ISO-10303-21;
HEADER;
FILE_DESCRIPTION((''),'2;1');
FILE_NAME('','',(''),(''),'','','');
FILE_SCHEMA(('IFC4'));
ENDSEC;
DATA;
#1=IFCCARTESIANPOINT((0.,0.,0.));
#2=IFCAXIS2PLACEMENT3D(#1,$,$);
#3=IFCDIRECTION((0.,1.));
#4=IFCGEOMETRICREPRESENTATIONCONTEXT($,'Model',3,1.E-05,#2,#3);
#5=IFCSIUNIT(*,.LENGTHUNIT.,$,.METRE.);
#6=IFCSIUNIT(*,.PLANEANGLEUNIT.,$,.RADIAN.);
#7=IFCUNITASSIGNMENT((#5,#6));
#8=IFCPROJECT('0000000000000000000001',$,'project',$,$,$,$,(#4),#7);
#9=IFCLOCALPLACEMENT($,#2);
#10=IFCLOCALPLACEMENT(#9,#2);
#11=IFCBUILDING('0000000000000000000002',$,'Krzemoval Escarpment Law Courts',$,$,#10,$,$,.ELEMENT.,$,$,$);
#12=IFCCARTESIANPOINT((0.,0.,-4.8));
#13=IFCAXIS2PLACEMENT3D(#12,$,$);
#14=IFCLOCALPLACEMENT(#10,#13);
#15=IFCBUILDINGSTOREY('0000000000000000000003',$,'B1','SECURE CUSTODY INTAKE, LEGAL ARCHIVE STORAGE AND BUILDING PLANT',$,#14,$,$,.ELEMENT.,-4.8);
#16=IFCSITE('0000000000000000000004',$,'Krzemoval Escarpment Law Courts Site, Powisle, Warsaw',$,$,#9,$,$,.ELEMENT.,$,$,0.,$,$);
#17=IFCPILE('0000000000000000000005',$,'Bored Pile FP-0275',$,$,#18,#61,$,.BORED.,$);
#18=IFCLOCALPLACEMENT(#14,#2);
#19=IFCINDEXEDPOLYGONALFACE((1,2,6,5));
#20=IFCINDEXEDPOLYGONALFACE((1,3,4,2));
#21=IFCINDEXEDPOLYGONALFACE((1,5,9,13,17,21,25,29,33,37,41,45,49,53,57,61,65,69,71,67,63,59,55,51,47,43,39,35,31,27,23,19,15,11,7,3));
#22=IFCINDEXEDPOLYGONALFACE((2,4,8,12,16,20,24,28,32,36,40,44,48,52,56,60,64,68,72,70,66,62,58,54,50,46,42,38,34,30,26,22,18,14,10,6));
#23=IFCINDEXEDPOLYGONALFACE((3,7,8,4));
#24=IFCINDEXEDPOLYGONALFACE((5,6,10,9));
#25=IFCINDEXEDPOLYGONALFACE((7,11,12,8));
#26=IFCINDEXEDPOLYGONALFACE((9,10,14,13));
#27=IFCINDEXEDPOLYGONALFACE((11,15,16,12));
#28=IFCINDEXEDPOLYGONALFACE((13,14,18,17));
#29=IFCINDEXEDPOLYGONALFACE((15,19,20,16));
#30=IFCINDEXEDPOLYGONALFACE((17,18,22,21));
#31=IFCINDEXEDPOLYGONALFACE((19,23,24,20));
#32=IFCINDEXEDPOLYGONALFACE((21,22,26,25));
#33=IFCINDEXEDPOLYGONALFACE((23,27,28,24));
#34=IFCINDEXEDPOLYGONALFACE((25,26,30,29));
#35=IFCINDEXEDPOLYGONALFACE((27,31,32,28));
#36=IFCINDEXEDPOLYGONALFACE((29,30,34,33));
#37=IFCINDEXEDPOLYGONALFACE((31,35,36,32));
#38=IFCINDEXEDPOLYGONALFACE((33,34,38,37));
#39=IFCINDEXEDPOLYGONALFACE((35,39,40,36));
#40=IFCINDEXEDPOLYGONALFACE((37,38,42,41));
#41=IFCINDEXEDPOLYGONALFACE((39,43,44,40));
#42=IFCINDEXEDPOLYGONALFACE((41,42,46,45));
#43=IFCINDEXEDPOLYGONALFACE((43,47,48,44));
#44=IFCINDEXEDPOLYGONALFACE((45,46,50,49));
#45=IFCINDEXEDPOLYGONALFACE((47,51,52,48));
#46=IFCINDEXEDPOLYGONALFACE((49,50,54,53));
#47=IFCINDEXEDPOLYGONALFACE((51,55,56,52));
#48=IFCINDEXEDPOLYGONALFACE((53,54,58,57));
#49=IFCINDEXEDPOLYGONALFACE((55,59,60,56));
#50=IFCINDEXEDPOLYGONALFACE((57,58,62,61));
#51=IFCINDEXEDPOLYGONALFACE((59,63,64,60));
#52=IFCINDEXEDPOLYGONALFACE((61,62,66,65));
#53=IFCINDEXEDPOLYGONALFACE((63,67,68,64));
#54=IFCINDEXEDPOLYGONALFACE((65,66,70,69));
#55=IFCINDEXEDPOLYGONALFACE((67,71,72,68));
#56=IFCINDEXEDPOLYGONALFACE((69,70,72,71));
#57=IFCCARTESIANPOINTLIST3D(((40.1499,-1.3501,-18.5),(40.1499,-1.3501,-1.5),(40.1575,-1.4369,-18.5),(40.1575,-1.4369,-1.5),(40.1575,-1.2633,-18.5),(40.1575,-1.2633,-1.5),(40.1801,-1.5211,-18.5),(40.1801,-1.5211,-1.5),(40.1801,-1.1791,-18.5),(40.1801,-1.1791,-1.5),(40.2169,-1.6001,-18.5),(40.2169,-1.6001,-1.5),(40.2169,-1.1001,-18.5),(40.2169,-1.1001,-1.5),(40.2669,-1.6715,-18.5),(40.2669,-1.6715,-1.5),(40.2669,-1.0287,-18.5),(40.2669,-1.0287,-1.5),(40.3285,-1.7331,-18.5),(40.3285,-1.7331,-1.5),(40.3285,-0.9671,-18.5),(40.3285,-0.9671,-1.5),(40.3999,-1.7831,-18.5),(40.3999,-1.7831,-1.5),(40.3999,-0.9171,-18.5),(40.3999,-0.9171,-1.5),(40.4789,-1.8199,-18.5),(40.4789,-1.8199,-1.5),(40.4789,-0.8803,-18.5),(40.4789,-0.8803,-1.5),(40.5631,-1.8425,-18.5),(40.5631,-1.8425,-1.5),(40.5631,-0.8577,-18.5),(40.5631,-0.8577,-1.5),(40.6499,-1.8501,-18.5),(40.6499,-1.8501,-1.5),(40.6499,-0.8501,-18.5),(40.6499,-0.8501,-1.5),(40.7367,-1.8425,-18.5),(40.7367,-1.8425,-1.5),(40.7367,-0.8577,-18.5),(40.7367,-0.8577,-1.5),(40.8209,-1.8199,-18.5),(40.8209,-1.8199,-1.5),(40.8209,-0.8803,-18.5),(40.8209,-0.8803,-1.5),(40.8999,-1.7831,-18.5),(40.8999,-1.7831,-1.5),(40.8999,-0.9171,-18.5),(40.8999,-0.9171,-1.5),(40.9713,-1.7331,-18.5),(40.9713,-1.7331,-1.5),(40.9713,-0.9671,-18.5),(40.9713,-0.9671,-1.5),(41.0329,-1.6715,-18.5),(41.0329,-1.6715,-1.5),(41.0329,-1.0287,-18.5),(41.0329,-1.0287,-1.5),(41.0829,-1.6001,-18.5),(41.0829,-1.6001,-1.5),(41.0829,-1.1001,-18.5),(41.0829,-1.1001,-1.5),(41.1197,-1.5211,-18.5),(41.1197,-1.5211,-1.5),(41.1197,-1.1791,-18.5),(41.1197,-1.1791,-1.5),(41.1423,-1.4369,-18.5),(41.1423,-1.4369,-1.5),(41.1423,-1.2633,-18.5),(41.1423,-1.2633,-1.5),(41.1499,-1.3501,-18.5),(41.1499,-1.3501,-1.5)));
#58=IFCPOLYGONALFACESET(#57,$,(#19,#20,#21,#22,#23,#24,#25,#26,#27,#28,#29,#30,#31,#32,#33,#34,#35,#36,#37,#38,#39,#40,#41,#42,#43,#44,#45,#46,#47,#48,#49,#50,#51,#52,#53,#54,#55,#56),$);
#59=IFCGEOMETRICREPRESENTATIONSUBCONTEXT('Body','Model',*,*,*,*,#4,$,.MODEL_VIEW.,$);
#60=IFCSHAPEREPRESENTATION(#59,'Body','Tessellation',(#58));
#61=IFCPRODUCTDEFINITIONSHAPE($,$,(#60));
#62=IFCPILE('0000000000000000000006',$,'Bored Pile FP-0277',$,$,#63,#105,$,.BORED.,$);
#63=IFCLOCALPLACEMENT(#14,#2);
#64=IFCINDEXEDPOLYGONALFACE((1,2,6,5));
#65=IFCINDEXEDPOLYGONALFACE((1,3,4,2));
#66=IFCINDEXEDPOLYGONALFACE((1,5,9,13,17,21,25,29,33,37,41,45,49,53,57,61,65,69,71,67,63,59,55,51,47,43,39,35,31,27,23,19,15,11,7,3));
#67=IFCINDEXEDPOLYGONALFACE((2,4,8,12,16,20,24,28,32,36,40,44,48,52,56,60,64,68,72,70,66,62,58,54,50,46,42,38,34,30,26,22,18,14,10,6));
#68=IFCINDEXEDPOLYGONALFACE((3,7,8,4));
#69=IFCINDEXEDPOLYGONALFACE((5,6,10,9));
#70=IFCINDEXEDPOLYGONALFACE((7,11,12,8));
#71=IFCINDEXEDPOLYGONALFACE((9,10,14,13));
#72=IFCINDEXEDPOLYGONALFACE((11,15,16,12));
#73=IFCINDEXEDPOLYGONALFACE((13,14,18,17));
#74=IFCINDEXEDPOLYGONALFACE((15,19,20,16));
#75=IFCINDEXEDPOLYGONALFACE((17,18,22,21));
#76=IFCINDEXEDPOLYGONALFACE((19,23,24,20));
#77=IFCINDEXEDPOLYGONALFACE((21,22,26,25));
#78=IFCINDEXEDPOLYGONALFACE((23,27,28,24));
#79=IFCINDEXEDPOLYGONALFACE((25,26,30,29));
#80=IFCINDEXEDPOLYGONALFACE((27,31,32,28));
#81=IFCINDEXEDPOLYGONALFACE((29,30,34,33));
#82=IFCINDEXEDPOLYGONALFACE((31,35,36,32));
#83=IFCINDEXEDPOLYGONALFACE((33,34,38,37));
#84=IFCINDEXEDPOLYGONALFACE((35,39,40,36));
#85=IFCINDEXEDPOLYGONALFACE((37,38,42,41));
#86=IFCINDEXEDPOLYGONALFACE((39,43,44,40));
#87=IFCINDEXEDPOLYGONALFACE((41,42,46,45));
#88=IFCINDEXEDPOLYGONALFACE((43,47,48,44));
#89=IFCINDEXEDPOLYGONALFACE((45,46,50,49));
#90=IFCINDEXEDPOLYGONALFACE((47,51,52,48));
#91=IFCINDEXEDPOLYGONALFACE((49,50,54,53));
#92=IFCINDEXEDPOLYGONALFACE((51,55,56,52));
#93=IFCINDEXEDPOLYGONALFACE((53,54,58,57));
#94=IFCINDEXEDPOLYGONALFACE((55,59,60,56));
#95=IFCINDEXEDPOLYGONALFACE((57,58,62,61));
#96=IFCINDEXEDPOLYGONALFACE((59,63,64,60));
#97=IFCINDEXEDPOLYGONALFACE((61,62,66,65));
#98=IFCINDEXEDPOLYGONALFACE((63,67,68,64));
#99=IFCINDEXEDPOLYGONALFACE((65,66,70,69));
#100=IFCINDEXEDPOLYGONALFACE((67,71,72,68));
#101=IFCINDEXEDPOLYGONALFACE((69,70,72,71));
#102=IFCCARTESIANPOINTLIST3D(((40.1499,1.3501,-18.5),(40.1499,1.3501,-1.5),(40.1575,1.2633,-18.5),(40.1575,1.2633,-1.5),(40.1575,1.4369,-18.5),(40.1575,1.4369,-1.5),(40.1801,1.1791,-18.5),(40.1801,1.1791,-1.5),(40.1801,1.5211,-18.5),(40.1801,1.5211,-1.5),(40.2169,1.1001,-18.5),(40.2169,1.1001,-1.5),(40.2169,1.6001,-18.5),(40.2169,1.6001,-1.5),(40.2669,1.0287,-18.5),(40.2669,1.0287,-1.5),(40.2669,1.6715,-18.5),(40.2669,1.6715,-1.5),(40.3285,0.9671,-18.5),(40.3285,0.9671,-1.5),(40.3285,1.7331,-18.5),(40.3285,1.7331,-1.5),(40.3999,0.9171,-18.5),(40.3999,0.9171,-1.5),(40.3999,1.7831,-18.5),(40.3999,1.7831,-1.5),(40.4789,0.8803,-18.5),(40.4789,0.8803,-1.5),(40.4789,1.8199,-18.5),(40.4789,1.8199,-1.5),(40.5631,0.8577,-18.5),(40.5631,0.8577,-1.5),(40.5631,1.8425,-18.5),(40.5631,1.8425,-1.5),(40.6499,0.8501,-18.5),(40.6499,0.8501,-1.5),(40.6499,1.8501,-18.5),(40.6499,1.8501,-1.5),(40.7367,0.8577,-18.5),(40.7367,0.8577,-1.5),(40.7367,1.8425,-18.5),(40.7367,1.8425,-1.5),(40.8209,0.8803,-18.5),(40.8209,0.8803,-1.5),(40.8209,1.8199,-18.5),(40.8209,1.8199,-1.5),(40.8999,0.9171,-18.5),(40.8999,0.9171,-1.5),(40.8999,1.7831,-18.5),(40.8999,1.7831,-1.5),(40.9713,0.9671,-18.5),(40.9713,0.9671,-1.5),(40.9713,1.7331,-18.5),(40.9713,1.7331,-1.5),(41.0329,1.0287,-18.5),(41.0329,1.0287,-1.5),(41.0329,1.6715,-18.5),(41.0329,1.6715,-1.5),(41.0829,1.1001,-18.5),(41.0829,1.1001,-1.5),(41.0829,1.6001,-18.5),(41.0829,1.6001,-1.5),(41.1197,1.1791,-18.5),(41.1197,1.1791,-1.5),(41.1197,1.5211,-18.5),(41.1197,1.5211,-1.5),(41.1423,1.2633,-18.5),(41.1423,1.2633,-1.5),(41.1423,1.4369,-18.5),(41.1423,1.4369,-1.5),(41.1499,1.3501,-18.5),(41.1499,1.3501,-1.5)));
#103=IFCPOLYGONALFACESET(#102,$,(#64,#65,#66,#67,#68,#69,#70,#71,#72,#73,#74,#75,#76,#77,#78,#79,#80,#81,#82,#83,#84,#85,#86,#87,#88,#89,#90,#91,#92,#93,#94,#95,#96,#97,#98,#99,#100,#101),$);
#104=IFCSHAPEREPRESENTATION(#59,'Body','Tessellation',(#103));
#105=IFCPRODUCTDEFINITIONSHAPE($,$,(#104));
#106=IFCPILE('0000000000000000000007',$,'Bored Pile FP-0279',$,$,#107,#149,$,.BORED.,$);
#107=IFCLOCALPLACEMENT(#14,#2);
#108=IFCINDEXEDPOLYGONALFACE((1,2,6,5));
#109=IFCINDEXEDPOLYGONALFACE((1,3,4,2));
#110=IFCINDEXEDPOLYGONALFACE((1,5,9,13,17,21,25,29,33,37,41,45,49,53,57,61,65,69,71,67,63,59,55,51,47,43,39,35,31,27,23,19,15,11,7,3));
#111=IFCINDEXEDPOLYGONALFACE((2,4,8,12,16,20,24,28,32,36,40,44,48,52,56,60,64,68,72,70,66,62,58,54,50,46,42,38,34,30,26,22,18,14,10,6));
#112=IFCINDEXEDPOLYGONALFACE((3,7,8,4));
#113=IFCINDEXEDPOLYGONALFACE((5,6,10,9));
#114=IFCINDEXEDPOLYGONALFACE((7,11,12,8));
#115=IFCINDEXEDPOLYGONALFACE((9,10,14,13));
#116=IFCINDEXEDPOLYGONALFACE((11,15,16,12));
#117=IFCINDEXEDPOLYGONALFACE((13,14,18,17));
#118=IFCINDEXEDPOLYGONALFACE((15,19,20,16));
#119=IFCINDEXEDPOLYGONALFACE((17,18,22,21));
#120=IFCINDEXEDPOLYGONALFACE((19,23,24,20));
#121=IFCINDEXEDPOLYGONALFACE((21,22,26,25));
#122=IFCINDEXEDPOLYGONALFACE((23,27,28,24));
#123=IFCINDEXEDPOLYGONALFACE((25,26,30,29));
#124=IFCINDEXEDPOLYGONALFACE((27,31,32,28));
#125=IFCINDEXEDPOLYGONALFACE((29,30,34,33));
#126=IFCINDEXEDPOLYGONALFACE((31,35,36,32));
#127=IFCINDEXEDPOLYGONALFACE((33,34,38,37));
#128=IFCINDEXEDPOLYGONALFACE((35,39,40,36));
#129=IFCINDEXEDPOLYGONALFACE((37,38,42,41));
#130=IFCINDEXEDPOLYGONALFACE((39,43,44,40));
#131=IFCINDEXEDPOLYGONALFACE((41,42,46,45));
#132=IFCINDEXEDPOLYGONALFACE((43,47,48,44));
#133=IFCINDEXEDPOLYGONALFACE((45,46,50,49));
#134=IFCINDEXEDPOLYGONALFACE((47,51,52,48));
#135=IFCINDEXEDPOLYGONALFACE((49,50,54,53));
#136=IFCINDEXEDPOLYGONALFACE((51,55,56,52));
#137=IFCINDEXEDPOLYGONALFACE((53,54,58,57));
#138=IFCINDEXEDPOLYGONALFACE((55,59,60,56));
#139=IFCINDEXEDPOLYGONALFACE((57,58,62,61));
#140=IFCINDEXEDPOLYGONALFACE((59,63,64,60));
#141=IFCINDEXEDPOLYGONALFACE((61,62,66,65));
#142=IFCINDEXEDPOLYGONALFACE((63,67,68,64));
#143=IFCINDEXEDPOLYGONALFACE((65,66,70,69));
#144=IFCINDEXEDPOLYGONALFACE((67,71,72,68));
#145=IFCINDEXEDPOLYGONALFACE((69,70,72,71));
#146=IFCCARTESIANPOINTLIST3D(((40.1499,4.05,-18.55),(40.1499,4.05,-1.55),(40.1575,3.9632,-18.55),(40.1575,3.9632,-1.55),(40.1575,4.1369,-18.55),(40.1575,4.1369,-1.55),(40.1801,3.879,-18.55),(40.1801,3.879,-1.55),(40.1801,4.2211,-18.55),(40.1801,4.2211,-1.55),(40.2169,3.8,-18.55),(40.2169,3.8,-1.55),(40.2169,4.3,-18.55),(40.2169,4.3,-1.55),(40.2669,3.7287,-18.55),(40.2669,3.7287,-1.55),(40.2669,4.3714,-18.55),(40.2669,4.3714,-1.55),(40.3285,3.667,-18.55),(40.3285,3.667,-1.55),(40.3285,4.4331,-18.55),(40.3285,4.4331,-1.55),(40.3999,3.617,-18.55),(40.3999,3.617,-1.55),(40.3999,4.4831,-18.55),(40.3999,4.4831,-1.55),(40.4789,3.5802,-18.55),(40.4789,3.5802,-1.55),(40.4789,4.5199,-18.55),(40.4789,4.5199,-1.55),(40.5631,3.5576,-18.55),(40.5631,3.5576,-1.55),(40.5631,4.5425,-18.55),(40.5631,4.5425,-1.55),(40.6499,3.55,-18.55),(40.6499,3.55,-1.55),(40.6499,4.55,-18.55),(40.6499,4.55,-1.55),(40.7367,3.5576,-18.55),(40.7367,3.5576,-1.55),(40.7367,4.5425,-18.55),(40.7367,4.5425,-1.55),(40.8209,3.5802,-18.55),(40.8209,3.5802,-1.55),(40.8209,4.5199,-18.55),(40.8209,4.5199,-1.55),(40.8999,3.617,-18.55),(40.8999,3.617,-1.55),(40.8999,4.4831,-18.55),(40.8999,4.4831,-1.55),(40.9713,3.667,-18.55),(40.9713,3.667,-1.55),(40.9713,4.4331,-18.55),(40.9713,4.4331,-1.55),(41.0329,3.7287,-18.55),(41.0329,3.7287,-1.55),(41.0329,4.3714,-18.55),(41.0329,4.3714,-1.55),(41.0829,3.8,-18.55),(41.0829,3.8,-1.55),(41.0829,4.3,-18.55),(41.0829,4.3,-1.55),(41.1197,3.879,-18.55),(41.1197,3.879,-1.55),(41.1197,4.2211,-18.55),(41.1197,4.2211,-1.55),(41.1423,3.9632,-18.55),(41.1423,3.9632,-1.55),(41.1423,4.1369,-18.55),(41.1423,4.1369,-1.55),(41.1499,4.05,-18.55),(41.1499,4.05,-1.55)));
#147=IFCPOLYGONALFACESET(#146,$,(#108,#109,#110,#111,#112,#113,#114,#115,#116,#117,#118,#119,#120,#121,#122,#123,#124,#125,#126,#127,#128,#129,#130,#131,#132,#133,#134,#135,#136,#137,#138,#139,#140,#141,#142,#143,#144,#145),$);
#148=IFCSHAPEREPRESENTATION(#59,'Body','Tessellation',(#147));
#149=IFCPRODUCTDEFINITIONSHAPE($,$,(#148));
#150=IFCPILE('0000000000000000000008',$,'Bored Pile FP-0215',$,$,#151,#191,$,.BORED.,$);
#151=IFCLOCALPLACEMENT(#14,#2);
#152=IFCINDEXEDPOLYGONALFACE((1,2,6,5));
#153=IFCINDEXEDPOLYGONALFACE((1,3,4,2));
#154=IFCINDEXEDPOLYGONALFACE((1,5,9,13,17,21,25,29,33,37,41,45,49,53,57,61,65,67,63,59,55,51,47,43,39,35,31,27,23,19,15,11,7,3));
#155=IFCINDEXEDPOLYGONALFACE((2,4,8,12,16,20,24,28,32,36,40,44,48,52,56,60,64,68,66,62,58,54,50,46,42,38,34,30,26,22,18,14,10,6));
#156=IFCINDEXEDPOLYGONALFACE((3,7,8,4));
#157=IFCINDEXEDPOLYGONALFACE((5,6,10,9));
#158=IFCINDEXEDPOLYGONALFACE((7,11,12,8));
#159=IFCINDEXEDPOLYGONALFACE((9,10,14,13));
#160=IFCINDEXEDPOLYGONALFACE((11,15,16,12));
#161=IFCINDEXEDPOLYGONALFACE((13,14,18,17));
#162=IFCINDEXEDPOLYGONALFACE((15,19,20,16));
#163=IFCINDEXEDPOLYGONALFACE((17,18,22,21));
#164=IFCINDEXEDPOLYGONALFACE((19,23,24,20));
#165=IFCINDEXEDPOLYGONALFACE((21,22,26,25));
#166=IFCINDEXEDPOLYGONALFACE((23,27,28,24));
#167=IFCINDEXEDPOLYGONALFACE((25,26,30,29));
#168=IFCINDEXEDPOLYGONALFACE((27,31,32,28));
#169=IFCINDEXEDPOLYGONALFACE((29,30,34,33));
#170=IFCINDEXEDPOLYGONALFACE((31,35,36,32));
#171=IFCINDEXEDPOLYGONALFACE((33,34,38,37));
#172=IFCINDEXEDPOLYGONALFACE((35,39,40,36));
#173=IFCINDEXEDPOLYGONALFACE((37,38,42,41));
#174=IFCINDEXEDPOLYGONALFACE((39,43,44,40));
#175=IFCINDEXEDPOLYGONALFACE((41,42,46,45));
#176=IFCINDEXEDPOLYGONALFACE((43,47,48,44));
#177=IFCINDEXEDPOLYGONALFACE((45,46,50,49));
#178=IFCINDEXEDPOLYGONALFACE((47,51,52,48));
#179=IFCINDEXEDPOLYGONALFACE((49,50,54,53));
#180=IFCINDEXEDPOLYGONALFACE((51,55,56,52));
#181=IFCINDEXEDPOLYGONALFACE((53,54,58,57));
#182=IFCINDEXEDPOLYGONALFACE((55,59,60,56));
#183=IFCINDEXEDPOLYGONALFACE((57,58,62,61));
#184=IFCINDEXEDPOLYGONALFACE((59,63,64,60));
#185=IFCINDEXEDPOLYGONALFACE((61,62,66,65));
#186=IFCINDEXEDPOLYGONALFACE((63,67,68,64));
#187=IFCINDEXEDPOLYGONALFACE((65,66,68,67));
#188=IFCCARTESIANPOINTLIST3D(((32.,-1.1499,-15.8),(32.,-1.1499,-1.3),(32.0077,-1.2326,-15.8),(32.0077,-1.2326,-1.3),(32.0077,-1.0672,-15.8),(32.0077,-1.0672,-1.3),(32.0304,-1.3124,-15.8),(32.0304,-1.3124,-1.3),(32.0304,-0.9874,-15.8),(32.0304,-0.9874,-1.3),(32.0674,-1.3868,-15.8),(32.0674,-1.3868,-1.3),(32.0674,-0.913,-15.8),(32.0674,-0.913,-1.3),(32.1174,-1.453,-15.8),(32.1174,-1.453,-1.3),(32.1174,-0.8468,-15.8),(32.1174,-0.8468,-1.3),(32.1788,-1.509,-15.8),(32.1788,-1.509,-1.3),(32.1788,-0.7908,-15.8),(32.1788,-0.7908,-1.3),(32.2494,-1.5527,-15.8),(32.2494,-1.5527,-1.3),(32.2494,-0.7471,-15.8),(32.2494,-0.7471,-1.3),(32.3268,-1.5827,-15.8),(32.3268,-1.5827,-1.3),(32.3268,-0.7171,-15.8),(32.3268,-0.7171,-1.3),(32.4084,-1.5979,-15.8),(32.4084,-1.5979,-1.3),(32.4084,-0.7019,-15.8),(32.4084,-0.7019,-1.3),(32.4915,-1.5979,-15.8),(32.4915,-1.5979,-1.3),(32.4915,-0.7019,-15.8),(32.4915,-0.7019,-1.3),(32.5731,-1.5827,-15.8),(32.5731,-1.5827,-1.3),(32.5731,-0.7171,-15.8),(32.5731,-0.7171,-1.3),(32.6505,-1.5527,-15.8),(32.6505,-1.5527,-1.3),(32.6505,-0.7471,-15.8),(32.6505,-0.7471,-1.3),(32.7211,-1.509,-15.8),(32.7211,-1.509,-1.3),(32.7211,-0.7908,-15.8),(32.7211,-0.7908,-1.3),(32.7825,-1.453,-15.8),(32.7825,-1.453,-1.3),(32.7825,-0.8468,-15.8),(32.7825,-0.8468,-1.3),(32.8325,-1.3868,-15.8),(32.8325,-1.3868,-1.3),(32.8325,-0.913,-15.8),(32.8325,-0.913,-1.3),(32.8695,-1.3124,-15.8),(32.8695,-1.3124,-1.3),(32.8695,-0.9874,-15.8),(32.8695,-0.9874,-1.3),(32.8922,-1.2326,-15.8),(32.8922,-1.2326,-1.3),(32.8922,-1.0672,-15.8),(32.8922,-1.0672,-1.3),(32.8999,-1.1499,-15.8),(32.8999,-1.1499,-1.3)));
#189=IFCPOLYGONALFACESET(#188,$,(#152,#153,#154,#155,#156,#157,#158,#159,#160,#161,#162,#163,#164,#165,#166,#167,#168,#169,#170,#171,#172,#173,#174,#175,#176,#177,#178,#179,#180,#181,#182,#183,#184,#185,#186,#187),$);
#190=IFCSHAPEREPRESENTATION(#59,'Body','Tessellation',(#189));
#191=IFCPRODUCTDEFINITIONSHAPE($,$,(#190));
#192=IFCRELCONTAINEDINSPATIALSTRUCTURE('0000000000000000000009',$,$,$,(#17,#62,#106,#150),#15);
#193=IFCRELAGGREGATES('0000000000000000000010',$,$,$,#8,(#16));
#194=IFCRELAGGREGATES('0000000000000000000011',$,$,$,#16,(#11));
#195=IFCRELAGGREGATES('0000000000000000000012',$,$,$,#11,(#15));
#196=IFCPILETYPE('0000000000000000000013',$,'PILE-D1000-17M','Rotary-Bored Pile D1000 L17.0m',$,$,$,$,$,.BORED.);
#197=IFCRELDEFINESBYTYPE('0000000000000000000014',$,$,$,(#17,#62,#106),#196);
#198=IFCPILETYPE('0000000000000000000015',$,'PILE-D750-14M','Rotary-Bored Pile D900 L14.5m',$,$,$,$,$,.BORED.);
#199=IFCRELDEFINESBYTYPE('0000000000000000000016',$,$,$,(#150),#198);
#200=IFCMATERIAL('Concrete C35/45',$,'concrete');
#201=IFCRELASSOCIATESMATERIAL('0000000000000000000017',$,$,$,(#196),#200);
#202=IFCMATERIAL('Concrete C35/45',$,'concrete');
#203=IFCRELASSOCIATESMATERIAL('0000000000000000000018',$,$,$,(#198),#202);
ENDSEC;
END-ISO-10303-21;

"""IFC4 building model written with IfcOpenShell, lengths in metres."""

from ifc_helpers import new_model, si_unit, direction, frame, origin, origin_2d, place, context, subcontext, project, spatial, circle, extrude, material, material_profile, profile_set, type_object, element, save


model = new_model("IFC4")

# Units and contexts
model_context = context("Model", 3, precision=1e-05, world=origin(), true_north=direction((0.0, 1.0)))
body_context = subcontext(model_context, "Body", "Model", "MODEL_VIEW")
ifc_project = project(units=[si_unit("LENGTHUNIT", "METRE"), si_unit("PLANEANGLEUNIT", "RADIAN")], contexts=[model_context])

# Site, building, storey
site_placement = place(None, origin())
site = spatial("IfcSite", under=ifc_project, at=site_placement, Name="Krzemoval Escarpment Law Courts Site, Powisle, Warsaw", CompositionType="ELEMENT", RefElevation=0.0)
building_placement = place(site_placement, origin())
building = spatial("IfcBuilding", under=site, at=building_placement, Name="Krzemoval Escarpment Law Courts", CompositionType="ELEMENT")
storey_placement = place(building_placement, frame((0.0, 0.0, -4.8)))
storey = spatial("IfcBuildingStorey", under=building, at=storey_placement, Name="B1", Description="SECURE CUSTODY INTAKE, LEGAL ARCHIVE STORAGE AND BUILDING PLANT", CompositionType="ELEMENT", Elevation=-4.8)

# Piles
ifc_material_1 = material(Name="Concrete C35/45", Category="concrete")
ifc_material_profile_1 = material_profile(ifc_material_1, circle(Radius=0.5, at=origin_2d()), Name="PILE D1000")
ifc_profile_set_1 = profile_set([ifc_material_profile_1], Name="Concrete C35/45")
pile_type_1 = type_object("IfcPileType", Name="PILE-D1000-17M", Description="Rotary-Bored Pile D1000 L17.0m", PredefinedType="BORED", material=ifc_profile_set_1)
for number, where, z_axis, x_axis, name in (
    (1, (40.6499, -1.3501, -1.5), (0.0, 0.0, -1.0), (1.0, 0.0, 0.0), "Bored Pile FP-0275"),
    (2, (40.6499, 1.3501, -1.5), (0.0, 0.0, -1.0), (1.0, 0.0, 0.0), "Bored Pile FP-0277"),
    (3, (40.6499, 4.05, -1.55), (0.0, 0.0, -1.0), (1.0, 0.0, 0.0), "Bored Pile FP-0279"),
):
    element("IfcPile", number, at=place(storey_placement, frame(where, z_axis=z_axis, x_axis=x_axis)), inside=storey, type_object=pile_type_1, Name=name, PredefinedType="BORED", context=body_context, shape_type="SweptSolid", body=[
        extrude(circle(Radius=0.5, at=origin_2d()), origin(), (0.0, 0.0, 1.0), 17.0),
    ])
ifc_material_2 = material(Name="Concrete C35/45", Category="concrete")
ifc_material_profile_2 = material_profile(ifc_material_2, circle(Radius=0.45, at=origin_2d()), Name="PILE D900")
ifc_profile_set_2 = profile_set([ifc_material_profile_2], Name="Concrete C35/45")
pile_type_2 = type_object("IfcPileType", Name="PILE-D750-14M", Description="Rotary-Bored Pile D900 L14.5m", PredefinedType="BORED", material=ifc_profile_set_2)
for number, where, z_axis, x_axis, name in (
    (4, (32.45, -1.1499, -1.3), (0.0, 0.0, -1.0), (1.0, 0.0, 0.0), "Bored Pile FP-0215"),
):
    element("IfcPile", number, at=place(storey_placement, frame(where, z_axis=z_axis, x_axis=x_axis)), inside=storey, type_object=pile_type_2, Name=name, PredefinedType="BORED", context=body_context, shape_type="SweptSolid", body=[
        extrude(circle(Radius=0.45, at=origin_2d()), origin(), (0.0, 0.0, 1.0), 14.5),
    ])

save(model, "model.ifc")
